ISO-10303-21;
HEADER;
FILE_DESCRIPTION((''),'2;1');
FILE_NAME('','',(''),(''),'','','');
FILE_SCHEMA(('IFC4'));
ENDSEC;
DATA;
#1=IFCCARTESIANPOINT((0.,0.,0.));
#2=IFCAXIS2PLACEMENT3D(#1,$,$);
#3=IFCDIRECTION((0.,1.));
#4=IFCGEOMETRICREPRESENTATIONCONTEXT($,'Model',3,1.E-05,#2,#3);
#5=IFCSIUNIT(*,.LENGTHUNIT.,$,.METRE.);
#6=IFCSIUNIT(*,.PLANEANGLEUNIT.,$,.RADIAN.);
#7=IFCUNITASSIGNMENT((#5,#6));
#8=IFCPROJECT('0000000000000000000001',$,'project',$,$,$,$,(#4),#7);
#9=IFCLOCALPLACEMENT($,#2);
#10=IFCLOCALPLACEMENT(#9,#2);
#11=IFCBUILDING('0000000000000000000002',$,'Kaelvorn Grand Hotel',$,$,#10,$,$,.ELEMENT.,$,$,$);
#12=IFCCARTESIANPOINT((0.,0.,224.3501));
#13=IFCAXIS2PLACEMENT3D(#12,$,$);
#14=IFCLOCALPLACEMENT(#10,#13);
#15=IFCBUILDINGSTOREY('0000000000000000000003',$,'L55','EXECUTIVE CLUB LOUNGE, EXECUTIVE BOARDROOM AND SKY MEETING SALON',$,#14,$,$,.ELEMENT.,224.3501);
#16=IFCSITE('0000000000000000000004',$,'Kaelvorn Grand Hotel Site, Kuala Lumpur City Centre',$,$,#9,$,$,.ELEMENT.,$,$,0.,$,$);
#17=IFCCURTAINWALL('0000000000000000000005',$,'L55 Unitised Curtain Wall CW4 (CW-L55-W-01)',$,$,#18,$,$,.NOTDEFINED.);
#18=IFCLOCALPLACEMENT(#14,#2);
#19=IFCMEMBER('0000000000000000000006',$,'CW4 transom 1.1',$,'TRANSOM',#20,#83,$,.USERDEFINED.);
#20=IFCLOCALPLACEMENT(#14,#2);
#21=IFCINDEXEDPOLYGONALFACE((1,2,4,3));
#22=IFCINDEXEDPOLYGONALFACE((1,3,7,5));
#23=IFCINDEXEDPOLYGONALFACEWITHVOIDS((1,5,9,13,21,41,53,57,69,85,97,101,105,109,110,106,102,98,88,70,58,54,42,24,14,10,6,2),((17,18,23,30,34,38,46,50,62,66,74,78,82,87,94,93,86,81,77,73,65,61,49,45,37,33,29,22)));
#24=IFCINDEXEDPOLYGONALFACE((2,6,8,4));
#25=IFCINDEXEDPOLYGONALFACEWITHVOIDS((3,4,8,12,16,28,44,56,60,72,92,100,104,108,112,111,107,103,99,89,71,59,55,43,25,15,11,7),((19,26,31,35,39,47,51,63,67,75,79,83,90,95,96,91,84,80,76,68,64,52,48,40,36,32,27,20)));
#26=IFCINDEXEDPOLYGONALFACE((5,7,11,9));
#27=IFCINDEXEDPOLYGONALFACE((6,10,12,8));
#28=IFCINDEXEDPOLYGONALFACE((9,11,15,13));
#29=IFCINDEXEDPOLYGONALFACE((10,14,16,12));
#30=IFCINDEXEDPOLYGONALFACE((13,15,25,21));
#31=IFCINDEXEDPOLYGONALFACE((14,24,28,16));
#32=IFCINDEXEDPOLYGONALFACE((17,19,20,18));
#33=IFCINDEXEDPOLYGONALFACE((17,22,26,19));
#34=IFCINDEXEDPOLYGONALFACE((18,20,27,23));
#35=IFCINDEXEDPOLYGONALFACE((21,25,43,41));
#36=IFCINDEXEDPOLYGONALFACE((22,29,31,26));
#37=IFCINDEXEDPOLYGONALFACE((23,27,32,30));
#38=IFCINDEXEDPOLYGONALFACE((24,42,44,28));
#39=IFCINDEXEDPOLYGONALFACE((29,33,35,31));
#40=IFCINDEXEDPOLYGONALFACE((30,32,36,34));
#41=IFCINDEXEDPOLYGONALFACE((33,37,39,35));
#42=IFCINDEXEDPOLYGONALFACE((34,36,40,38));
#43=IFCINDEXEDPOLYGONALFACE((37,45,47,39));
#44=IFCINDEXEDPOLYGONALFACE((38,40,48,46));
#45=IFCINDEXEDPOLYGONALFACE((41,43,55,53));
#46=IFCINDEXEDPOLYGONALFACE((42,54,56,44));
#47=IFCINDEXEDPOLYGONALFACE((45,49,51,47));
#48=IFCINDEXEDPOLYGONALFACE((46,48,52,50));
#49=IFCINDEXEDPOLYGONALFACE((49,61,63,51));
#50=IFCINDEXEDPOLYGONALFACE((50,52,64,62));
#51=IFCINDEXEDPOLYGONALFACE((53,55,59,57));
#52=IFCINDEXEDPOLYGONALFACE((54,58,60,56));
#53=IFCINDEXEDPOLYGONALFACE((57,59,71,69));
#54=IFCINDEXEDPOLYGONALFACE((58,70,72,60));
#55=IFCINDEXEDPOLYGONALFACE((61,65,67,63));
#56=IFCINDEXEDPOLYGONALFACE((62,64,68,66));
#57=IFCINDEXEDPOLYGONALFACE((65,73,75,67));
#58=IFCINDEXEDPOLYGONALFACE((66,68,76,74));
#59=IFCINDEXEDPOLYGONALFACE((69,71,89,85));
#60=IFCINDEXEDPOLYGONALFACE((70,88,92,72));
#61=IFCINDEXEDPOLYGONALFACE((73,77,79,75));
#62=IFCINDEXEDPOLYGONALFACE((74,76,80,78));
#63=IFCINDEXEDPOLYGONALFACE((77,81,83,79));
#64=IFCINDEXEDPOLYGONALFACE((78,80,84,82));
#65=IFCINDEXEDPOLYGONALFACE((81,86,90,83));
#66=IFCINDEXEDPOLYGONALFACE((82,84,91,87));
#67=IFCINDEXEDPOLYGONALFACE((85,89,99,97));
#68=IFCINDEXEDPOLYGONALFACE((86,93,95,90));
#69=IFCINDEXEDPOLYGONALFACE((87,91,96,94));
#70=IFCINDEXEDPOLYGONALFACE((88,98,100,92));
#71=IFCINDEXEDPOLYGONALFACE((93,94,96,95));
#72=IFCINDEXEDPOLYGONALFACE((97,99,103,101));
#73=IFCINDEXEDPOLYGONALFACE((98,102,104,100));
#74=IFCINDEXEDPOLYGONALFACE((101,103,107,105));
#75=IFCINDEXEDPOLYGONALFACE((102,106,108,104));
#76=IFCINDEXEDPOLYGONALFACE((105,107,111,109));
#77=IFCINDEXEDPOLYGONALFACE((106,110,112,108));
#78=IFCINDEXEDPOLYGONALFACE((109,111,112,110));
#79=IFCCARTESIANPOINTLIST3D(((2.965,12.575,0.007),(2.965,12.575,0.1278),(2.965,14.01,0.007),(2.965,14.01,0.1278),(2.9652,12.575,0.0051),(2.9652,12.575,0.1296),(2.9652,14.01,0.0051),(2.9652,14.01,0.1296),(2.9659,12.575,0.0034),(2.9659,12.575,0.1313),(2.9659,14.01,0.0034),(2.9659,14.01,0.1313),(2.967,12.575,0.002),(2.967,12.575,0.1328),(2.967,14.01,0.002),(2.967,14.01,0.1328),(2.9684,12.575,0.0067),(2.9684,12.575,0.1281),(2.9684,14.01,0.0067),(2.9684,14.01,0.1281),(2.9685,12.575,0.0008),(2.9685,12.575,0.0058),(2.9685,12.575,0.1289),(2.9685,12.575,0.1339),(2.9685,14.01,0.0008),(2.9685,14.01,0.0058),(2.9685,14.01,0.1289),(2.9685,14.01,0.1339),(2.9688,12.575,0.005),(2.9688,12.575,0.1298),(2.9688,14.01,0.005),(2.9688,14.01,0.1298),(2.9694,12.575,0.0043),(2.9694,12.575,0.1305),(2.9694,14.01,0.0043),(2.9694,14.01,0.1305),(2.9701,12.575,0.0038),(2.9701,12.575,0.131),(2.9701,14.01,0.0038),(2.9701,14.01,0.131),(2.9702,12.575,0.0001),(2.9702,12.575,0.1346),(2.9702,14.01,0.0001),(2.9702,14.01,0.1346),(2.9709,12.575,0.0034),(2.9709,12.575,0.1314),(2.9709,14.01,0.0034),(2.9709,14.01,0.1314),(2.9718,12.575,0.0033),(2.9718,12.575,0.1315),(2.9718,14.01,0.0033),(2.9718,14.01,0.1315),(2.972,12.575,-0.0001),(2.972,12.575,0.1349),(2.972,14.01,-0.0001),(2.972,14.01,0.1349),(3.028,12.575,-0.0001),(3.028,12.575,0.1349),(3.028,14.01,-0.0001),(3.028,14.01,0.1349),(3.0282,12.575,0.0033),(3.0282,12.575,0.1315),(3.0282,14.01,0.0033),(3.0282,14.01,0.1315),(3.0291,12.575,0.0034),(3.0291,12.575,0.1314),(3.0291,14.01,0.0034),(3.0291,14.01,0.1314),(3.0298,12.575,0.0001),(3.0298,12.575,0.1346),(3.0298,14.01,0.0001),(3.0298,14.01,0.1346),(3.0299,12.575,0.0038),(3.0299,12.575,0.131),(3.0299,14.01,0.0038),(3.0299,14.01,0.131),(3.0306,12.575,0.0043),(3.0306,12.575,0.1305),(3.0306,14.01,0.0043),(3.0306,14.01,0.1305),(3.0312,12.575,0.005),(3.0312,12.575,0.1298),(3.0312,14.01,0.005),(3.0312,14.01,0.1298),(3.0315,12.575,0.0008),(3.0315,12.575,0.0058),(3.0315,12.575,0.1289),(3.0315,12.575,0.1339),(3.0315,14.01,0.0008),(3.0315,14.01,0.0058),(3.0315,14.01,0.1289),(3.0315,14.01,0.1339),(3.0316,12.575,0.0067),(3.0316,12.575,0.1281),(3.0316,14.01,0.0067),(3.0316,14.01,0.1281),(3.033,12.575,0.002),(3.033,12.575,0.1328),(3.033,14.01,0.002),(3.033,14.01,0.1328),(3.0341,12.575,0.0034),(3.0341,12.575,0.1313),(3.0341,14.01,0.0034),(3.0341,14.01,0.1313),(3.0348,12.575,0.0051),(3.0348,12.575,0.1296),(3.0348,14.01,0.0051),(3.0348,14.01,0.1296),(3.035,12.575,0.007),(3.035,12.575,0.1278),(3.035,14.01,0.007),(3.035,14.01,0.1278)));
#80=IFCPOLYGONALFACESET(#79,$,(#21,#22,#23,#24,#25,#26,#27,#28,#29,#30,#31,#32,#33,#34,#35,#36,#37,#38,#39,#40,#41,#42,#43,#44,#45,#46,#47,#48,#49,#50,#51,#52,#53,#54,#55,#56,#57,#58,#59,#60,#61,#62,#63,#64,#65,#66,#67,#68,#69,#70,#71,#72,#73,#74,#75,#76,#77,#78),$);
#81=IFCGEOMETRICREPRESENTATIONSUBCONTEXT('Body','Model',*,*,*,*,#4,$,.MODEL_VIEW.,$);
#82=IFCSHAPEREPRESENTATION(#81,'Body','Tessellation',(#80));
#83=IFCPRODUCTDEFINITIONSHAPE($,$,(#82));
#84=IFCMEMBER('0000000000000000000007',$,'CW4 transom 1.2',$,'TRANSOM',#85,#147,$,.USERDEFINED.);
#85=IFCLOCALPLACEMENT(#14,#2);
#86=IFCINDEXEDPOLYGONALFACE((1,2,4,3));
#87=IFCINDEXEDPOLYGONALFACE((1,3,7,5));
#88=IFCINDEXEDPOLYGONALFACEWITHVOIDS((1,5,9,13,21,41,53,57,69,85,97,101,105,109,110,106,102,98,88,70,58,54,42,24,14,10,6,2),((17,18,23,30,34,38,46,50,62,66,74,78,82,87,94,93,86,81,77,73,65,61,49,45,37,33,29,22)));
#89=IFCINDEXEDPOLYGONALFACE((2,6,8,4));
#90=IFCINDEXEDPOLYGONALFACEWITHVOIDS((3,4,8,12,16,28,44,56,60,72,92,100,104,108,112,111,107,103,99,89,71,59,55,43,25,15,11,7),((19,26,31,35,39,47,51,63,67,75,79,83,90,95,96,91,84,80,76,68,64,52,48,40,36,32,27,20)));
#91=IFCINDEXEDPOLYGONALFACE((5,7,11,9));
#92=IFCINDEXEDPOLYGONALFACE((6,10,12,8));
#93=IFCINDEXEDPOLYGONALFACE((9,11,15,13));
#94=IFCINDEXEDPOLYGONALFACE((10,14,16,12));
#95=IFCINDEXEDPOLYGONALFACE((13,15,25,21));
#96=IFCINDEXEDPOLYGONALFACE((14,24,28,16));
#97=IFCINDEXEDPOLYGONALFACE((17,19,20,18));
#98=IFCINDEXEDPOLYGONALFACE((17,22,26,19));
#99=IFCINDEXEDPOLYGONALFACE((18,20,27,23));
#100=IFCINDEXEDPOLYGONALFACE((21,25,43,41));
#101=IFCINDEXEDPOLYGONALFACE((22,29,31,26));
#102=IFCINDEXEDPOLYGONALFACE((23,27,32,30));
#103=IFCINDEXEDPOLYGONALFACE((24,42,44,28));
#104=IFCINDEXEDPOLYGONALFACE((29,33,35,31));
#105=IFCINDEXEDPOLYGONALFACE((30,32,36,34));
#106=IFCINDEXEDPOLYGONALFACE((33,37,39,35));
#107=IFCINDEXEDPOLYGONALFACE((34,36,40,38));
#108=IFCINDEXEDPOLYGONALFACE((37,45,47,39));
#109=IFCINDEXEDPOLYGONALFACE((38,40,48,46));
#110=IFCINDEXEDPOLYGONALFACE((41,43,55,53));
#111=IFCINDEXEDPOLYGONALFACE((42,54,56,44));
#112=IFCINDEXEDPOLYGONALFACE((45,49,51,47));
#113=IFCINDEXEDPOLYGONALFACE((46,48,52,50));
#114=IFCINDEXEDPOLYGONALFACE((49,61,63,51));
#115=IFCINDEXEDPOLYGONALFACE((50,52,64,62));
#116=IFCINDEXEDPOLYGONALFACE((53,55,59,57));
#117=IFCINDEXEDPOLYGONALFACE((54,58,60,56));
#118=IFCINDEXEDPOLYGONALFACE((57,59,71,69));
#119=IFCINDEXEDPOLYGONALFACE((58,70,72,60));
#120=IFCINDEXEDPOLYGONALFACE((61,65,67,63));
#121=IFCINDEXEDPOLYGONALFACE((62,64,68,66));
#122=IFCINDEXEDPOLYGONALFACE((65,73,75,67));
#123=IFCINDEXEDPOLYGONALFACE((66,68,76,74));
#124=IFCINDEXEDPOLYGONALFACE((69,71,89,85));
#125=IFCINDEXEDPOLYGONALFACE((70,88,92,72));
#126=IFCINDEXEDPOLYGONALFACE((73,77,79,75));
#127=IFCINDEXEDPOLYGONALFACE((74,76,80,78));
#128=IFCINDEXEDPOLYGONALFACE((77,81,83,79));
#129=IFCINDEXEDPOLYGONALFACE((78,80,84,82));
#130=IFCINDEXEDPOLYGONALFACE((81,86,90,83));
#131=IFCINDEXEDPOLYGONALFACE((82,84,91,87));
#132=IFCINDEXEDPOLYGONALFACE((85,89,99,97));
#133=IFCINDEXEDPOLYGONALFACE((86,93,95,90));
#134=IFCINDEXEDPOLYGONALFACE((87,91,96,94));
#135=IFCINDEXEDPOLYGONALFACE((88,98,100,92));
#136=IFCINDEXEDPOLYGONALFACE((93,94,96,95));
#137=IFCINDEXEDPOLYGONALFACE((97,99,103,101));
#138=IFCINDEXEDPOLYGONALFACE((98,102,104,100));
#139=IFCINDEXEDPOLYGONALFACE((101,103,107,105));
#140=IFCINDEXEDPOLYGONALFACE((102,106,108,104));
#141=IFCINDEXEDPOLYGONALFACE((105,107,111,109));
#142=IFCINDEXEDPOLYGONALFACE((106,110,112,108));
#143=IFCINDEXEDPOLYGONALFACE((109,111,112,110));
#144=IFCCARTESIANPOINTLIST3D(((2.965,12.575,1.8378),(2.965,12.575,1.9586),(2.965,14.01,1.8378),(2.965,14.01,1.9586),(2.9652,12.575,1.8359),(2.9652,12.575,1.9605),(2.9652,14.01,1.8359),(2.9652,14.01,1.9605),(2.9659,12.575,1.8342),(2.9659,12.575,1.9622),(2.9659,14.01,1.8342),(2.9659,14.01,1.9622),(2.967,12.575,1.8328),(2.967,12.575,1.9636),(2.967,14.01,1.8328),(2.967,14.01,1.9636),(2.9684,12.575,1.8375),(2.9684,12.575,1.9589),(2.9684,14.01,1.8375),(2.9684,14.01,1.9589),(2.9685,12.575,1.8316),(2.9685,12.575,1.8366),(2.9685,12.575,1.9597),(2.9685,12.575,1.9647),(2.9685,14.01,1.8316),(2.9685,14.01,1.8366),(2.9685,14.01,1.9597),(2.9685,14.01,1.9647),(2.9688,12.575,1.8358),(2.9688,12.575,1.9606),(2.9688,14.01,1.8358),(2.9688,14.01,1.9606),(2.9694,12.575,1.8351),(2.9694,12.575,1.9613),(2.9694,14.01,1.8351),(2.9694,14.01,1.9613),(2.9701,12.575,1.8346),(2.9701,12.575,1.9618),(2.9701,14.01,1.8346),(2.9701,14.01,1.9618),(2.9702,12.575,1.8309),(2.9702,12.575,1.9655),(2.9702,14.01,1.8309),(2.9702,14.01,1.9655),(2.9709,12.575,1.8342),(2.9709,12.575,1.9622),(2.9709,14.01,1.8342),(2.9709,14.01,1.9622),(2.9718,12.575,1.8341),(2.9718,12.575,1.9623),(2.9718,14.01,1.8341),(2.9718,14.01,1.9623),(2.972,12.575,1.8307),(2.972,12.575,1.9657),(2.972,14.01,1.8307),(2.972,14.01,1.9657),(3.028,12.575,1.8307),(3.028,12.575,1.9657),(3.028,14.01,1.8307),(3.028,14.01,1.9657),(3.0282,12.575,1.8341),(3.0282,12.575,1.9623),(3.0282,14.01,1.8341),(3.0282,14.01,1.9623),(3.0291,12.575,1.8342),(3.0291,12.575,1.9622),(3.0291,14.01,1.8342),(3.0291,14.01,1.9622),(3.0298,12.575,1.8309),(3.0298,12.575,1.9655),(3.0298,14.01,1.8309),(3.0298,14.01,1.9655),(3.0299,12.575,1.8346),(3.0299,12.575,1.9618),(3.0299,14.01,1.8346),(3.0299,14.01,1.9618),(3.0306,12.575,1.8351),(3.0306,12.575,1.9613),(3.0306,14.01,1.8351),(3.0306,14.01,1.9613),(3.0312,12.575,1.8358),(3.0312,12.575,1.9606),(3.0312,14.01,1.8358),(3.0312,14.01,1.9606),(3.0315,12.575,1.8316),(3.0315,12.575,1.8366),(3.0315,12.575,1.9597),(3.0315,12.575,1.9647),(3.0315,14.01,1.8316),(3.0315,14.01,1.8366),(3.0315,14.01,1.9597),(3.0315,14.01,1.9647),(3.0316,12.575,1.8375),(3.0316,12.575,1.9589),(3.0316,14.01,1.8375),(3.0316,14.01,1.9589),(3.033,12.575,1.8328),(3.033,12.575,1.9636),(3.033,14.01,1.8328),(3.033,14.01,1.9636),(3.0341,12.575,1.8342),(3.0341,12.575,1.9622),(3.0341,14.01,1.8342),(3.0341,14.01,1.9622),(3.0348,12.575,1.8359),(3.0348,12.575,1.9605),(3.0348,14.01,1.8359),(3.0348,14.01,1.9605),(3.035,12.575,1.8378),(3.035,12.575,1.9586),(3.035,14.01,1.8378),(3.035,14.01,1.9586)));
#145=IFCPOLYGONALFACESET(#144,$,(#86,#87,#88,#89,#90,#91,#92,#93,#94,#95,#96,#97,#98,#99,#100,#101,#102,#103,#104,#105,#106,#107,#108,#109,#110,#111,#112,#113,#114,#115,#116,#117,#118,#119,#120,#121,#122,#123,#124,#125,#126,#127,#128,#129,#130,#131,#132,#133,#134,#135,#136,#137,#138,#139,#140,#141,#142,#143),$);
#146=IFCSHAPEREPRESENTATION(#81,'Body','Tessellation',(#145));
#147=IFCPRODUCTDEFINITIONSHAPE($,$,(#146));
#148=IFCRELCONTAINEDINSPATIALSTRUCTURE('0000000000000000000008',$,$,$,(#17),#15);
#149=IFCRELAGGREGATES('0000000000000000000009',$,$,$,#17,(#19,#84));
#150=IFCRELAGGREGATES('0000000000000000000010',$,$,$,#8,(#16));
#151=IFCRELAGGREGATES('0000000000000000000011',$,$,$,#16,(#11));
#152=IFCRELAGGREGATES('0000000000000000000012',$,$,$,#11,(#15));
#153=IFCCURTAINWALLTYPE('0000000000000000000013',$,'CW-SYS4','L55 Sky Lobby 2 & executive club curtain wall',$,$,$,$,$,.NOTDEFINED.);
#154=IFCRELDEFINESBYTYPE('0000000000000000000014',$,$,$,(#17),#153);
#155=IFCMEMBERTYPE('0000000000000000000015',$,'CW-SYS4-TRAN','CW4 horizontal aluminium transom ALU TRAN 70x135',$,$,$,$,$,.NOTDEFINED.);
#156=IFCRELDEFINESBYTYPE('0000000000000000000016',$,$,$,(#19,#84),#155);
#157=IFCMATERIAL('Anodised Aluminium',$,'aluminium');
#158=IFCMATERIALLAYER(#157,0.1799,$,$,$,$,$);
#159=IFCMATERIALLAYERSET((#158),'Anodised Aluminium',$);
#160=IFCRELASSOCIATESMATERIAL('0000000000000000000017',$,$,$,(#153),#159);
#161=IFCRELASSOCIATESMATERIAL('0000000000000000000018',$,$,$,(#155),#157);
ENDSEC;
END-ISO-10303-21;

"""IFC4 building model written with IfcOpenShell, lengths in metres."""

from ifc_helpers import new_model, si_unit, direction, frame, origin, origin_2d, place, context, subcontext, project, spatial, hollow_rectangle, extrude, material, layer, layer_set, material_profile, profile_set, type_object, element, aggregate, save


model = new_model("IFC4")

# Units and contexts
model_context = context("Model", 3, precision=1e-05, world=origin(), true_north=direction((0.0, 1.0)))
body_context = subcontext(model_context, "Body", "Model", "MODEL_VIEW")
ifc_project = project(units=[si_unit("LENGTHUNIT", "METRE"), si_unit("PLANEANGLEUNIT", "RADIAN")], contexts=[model_context])

# Site, building, storey
site_placement = place(None, origin())
site = spatial("IfcSite", under=ifc_project, at=site_placement, Name="Kaelvorn Grand Hotel Site, Kuala Lumpur City Centre", CompositionType="ELEMENT", RefElevation=0.0)
building_placement = place(site_placement, origin())
building = spatial("IfcBuilding", under=site, at=building_placement, Name="Kaelvorn Grand Hotel", CompositionType="ELEMENT")
storey_placement = place(building_placement, frame((0.0, 0.0, 224.3501)))
storey = spatial("IfcBuildingStorey", under=building, at=storey_placement, Name="L55", Description="EXECUTIVE CLUB LOUNGE, EXECUTIVE BOARDROOM AND SKY MEETING SALON", CompositionType="ELEMENT", Elevation=224.3501)

# Shared definitions
ifc_material_1 = material(Name="Anodised Aluminium", Category="aluminium")
ifc_layer_1 = layer(ifc_material_1, 0.1799)
ifc_layer_set_1 = layer_set([ifc_layer_1], Name="Anodised Aluminium")
curtain_wall_type = type_object("IfcCurtainWallType", Name="CW-SYS4", Description="L55 Sky Lobby 2 & executive club curtain wall", PredefinedType="NOTDEFINED", material=ifc_layer_set_1)

# Curtain wall
curtain_wall_1_placement = place(storey_placement, origin())
curtain_wall_1 = element("IfcCurtainWall", 1, at=curtain_wall_1_placement, inside=storey, type_object=curtain_wall_type, Name="L55 Unitised Curtain Wall CW4 (CW-L55-W-01)", PredefinedType="NOTDEFINED")

# Members
ifc_material_profile_1 = material_profile(ifc_material_1, hollow_rectangle(XDim=0.0701, YDim=0.135, WallThickness=0.0034, InnerFilletRadius=0.0034, OuterFilletRadius=0.0071, at=origin_2d()), Name="ALU TRAN 70x135")
ifc_profile_set_1 = profile_set([ifc_material_profile_1], Name="Anodised Aluminium")
member_type_1 = type_object("IfcMemberType", Name="CW-SYS4-TRAN", Description="CW4 horizontal aluminium transom ALU TRAN 70x135", PredefinedType="NOTDEFINED", material=ifc_profile_set_1)
member_1_placement = place(storey_placement, frame((3.0, 14.01, 0.0674), z_axis=(0.0, -1.0, 0.0), x_axis=(1.0, 0.0, 0.0)))
member_1 = element("IfcMember", 2, at=member_1_placement, type_object=member_type_1, Name="CW4 transom 1.1", ObjectType="TRANSOM", PredefinedType="USERDEFINED", context=body_context, shape_type="SweptSolid", body=[
    extrude(hollow_rectangle(XDim=0.0701, YDim=0.135, WallThickness=0.0034, InnerFilletRadius=0.0034, OuterFilletRadius=0.0071, at=origin_2d()), origin(), (0.0, 0.0, 1.0), 1.4351),
])
member_2_placement = place(storey_placement, frame((3.0, 14.01, 1.8982), z_axis=(0.0, -1.0, 0.0), x_axis=(1.0, 0.0, 0.0)))
member_2 = element("IfcMember", 3, at=member_2_placement, type_object=member_type_1, Name="CW4 transom 1.2", ObjectType="TRANSOM", PredefinedType="USERDEFINED", context=body_context, shape_type="SweptSolid", body=[
    extrude(hollow_rectangle(XDim=0.0701, YDim=0.135, WallThickness=0.0034, InnerFilletRadius=0.0034, OuterFilletRadius=0.0071, at=origin_2d()), origin(), (0.0, 0.0, 1.0), 1.4351),
])

aggregate(curtain_wall_1, [member_1, member_2])

save(model, "model.ifc")
